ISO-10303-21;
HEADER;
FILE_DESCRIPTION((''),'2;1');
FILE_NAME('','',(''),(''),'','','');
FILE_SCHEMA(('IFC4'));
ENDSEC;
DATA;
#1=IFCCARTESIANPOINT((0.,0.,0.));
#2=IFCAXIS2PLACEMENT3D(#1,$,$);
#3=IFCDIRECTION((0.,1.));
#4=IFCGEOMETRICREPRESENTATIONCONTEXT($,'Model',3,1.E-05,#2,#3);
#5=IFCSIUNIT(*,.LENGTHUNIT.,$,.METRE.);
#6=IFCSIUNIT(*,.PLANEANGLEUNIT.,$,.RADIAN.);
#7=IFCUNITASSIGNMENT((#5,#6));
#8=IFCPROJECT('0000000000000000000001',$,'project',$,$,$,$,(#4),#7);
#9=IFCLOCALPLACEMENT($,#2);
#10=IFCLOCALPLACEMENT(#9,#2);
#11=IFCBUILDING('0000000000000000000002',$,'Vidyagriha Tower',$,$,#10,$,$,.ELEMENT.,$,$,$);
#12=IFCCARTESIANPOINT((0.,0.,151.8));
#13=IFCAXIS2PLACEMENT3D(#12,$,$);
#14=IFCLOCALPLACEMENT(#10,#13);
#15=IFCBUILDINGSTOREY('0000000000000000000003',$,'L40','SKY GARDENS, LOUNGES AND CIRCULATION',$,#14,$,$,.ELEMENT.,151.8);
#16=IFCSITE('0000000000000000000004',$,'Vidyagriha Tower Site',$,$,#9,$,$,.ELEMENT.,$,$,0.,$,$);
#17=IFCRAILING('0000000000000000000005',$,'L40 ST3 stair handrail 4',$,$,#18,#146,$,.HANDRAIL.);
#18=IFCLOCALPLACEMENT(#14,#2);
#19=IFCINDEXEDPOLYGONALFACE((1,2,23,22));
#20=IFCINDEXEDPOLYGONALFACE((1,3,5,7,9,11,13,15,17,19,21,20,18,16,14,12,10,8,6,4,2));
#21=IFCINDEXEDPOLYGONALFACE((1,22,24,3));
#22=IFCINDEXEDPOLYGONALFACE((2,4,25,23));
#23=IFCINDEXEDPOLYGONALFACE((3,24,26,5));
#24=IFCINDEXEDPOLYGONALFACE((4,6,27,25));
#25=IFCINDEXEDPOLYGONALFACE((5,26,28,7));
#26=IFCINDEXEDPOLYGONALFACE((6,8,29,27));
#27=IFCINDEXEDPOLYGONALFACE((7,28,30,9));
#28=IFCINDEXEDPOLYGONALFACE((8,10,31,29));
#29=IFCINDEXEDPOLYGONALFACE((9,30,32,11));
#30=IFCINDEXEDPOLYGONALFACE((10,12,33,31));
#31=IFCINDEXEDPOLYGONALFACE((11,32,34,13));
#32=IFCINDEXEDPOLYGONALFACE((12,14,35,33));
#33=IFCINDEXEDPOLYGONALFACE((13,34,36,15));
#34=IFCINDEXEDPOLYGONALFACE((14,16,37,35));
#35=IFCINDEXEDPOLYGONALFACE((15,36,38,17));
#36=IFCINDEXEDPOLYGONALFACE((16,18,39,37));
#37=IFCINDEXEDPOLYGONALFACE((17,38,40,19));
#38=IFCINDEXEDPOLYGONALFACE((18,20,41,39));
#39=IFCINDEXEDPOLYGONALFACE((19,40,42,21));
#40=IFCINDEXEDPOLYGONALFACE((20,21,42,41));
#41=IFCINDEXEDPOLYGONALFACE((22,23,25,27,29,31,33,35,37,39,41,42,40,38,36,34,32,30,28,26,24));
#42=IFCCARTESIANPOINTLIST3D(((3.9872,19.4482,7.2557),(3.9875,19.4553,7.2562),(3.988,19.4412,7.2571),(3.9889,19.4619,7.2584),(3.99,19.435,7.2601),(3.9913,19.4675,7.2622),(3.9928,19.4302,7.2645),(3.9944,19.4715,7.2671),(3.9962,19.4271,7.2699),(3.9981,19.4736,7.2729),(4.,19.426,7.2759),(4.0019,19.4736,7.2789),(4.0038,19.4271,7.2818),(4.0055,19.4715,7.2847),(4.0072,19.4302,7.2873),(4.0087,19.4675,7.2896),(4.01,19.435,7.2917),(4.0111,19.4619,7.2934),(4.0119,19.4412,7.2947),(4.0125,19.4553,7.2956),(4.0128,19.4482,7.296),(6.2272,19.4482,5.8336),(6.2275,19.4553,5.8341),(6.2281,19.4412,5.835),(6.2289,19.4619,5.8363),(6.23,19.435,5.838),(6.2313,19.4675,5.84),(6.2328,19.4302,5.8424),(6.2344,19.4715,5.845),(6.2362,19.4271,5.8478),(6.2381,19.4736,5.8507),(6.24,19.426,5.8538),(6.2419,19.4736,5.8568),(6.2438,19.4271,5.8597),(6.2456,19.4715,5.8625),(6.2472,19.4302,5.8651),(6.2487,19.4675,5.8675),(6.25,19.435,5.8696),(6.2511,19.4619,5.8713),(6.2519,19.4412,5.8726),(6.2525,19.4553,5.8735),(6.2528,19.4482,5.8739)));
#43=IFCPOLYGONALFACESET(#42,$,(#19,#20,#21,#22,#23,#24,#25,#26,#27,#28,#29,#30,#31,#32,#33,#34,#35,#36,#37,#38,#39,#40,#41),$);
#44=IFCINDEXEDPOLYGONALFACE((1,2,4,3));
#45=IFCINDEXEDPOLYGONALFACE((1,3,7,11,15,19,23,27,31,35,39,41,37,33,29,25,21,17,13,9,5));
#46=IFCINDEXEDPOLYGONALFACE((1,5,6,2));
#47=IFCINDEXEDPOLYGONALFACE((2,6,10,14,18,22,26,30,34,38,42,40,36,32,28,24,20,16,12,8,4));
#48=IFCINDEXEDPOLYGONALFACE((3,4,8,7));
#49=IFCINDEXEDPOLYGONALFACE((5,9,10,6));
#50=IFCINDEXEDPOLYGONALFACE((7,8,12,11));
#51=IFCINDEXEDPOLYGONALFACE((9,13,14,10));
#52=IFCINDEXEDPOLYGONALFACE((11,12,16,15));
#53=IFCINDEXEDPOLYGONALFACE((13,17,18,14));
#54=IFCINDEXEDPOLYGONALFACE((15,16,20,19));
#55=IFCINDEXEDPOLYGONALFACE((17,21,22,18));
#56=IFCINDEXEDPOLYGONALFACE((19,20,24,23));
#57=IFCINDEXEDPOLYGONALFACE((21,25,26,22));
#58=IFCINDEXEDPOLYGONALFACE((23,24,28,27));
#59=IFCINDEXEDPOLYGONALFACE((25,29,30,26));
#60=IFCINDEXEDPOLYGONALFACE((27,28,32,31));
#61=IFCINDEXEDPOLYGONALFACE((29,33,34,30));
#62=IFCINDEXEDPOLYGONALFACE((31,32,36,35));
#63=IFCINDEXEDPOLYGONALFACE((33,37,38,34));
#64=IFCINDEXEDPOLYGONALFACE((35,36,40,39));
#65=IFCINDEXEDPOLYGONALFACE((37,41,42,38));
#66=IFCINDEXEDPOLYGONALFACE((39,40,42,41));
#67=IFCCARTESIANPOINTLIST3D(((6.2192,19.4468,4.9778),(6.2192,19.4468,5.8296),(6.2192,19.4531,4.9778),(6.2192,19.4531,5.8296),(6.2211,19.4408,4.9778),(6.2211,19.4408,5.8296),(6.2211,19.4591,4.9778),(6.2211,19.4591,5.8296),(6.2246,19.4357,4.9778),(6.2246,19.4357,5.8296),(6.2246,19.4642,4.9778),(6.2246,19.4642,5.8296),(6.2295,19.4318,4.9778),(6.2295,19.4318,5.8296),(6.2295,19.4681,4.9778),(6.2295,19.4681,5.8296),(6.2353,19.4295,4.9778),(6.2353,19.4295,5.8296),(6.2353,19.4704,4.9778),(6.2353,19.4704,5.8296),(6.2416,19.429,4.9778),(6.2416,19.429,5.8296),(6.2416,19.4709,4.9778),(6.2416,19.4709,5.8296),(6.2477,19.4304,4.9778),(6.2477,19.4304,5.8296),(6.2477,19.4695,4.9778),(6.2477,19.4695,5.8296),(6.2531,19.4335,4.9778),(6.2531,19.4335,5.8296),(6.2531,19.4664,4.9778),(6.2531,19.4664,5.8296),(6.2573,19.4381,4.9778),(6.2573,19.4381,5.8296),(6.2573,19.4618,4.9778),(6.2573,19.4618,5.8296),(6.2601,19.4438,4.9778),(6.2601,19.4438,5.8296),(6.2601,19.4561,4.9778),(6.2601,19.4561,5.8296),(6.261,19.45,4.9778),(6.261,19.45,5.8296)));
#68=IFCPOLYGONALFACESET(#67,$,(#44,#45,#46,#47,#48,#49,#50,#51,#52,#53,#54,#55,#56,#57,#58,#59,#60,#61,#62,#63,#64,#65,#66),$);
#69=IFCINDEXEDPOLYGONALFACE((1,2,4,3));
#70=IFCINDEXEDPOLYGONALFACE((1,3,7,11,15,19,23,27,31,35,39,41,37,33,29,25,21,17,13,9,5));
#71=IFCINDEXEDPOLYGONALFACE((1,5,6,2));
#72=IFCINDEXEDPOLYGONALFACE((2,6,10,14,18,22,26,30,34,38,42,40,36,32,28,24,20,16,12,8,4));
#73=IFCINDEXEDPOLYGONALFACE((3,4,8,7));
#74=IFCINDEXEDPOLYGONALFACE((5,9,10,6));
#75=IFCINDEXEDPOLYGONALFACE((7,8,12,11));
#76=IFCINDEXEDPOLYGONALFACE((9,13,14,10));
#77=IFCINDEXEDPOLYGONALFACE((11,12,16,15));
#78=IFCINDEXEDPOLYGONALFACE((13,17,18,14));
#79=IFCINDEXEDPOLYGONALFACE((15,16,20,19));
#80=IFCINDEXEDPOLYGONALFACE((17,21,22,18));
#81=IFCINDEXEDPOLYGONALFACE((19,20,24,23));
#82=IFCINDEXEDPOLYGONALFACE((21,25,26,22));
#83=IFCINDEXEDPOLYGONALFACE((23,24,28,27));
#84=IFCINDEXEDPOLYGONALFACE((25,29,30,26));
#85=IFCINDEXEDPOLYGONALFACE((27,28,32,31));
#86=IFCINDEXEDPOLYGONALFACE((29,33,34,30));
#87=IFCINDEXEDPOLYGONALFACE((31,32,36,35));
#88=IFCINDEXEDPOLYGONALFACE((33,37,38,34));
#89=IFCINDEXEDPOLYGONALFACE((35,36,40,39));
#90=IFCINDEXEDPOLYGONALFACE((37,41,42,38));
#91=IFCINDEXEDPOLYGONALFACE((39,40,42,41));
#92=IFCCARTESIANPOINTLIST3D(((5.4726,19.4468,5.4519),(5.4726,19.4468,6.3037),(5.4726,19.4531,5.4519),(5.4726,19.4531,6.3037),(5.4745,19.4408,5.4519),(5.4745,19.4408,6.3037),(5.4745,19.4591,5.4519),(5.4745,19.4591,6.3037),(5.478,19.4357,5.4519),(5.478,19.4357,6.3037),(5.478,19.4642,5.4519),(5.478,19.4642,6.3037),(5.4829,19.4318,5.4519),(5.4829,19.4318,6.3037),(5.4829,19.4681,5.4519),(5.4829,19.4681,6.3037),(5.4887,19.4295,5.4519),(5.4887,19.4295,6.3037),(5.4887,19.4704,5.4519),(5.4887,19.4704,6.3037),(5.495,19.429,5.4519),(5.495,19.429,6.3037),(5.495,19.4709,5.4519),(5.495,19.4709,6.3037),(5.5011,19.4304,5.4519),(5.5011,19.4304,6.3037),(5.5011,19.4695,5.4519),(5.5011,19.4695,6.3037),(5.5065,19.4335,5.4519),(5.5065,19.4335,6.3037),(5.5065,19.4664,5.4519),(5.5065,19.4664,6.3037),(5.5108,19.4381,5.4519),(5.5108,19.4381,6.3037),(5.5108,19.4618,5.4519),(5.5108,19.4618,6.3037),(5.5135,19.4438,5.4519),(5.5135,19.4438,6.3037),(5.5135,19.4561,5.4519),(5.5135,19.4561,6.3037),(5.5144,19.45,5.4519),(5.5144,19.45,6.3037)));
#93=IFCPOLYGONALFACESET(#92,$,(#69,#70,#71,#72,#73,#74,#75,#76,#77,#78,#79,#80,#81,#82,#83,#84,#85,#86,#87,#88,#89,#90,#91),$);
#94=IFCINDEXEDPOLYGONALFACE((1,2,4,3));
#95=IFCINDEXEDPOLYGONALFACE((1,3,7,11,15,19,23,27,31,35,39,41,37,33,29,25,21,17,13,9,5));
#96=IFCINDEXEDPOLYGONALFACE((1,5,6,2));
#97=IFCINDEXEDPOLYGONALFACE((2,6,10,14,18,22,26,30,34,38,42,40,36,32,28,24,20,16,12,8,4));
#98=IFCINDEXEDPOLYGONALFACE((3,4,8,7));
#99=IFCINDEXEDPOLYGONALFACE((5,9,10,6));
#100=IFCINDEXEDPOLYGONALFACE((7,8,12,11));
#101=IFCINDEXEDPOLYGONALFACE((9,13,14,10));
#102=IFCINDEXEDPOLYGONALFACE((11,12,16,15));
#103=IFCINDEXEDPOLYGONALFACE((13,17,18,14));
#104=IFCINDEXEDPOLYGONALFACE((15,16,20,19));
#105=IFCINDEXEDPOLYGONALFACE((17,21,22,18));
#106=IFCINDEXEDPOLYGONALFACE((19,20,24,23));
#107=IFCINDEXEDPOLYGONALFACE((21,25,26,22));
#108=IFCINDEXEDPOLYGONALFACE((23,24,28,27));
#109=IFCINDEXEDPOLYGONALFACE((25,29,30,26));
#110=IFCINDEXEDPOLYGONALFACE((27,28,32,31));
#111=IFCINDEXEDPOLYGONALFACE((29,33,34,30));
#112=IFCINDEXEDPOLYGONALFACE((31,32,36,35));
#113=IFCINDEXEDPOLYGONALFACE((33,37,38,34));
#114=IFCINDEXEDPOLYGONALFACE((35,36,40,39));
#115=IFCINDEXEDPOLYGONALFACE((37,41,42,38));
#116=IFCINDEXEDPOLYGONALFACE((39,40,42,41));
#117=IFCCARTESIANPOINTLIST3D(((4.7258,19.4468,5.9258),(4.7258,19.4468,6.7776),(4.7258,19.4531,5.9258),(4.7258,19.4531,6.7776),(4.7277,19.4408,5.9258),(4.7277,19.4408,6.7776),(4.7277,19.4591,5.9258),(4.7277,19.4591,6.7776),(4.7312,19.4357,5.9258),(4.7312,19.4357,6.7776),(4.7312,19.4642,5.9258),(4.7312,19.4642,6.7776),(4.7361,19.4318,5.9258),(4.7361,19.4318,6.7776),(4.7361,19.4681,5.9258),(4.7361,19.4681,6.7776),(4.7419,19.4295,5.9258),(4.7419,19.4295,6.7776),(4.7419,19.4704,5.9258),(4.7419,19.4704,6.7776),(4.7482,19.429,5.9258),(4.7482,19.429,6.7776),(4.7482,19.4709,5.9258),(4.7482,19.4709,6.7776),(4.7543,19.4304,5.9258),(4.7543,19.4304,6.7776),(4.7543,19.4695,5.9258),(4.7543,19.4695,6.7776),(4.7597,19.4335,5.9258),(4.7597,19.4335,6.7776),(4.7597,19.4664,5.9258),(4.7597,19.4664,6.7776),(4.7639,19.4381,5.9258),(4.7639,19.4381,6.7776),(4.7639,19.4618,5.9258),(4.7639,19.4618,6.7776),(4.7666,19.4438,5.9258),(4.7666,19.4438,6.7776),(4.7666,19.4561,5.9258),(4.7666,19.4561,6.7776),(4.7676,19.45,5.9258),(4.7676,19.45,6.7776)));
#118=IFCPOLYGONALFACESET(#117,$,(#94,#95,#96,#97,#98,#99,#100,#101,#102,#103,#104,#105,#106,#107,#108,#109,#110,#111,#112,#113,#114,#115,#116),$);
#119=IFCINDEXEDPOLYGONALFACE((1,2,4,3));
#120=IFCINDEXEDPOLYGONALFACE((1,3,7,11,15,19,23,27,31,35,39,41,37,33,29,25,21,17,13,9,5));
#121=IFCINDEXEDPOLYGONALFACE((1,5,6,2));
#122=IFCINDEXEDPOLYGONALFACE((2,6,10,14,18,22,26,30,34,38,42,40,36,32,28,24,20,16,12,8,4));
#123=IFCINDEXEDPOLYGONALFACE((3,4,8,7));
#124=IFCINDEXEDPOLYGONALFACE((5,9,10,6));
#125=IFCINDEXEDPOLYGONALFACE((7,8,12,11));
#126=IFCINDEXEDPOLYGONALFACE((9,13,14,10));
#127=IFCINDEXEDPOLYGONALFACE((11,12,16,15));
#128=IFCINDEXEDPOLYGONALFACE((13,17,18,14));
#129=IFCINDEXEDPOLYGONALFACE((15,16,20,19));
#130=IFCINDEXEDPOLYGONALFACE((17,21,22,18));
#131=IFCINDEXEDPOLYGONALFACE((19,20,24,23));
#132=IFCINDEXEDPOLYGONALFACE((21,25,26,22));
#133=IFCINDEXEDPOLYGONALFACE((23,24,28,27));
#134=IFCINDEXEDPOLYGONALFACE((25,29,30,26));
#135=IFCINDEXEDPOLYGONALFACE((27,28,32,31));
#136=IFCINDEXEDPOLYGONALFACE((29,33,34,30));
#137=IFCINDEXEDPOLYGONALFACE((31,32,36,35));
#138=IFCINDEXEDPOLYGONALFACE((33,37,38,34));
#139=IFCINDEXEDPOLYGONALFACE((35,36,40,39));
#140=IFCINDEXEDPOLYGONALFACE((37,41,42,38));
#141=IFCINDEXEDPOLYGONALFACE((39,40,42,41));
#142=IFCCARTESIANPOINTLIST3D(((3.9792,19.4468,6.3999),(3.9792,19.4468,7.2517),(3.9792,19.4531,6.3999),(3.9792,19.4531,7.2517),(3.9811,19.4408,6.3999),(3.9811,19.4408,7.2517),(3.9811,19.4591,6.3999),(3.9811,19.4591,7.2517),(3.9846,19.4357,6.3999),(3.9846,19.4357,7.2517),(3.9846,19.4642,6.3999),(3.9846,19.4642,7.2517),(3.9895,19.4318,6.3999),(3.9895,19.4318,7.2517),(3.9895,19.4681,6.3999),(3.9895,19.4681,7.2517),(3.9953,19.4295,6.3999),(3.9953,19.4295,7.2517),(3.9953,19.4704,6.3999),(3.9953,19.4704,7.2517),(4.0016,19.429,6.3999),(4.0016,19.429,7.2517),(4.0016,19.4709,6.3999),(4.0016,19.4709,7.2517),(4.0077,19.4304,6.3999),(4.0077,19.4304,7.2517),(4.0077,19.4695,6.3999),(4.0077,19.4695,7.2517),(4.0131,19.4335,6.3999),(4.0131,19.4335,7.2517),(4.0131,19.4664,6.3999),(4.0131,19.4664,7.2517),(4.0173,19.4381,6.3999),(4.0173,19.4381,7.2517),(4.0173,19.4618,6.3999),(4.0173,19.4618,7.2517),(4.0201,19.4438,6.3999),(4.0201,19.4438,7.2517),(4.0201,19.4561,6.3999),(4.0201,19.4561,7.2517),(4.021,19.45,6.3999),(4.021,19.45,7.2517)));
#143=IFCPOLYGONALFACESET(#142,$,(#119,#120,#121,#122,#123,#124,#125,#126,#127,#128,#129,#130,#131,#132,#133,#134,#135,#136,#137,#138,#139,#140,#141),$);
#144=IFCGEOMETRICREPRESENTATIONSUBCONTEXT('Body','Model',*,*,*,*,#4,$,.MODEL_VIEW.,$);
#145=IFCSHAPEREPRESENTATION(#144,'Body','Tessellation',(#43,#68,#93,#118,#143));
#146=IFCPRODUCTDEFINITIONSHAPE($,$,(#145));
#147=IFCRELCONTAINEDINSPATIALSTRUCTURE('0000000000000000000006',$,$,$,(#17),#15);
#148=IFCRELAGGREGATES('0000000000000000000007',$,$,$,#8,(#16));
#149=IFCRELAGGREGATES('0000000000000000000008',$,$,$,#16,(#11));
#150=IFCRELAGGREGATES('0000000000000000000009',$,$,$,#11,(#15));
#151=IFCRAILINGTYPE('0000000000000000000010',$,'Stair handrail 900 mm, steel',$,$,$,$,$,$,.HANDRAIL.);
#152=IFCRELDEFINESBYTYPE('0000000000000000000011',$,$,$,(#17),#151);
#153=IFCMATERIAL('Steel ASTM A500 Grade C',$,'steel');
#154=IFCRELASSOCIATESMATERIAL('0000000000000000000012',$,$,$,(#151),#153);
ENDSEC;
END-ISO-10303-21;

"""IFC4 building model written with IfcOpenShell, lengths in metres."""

from ifc_helpers import new_model, si_unit, direction, frame, origin, origin_2d, place, context, subcontext, project, spatial, circle, extrude, material, type_object, element, save


model = new_model("IFC4")

# Units and contexts
model_context = context("Model", 3, precision=1e-05, world=origin(), true_north=direction((0.0, 1.0)))
body_context = subcontext(model_context, "Body", "Model", "MODEL_VIEW")
ifc_project = project(units=[si_unit("LENGTHUNIT", "METRE"), si_unit("PLANEANGLEUNIT", "RADIAN")], contexts=[model_context])

# Site, building, storey
site_placement = place(None, origin())
site = spatial("IfcSite", under=ifc_project, at=site_placement, Name="Vidyagriha Tower Site", CompositionType="ELEMENT", RefElevation=0.0)
building_placement = place(site_placement, origin())
building = spatial("IfcBuilding", under=site, at=building_placement, Name="Vidyagriha Tower", CompositionType="ELEMENT")
storey_placement = place(building_placement, frame((0.0, 0.0, 151.8)))
storey = spatial("IfcBuildingStorey", under=building, at=storey_placement, Name="L40", Description="SKY GARDENS, LOUNGES AND CIRCULATION", CompositionType="ELEMENT", Elevation=151.8)

# Railing
ifc_material_1 = material(Name="Steel ASTM A500 Grade C", Category="steel")
railing_type_1 = type_object("IfcRailingType", Name="Stair handrail 900 mm, steel", PredefinedType="HANDRAIL", material=ifc_material_1)
for number, where, name in (
    (1, (6.24, 19.45, 4.9778), "L40 ST3 stair handrail 4"),
):
    element("IfcRailing", number, at=place(storey_placement, frame(where)), inside=storey, type_object=railing_type_1, Name=name, PredefinedType="HANDRAIL", context=body_context, shape_type="SweptSolid", body=[
        extrude(circle(Radius=0.0239, at=origin_2d()), frame((0.0, 0.0, 0.876), z_axis=(-0.844229, 0.0, 0.535982), x_axis=(0.0, -1.0, 0.0)), (0.0, 0.0, 1.0), 2.6533),
        extrude(circle(Radius=0.021, at=origin_2d()), origin(), (0.0, 0.0, 1.0), 0.8518),
        extrude(circle(Radius=0.021, at=origin_2d()), frame((-0.7466, 0.0, 0.4741)), (0.0, 0.0, 1.0), 0.8518),
        extrude(circle(Radius=0.021, at=origin_2d()), frame((-1.4934, 0.0, 0.948)), (0.0, 0.0, 1.0), 0.8518),
        extrude(circle(Radius=0.021, at=origin_2d()), frame((-2.24, 0.0, 1.4221)), (0.0, 0.0, 1.0), 0.8518),
    ])

save(model, "model.ifc")
